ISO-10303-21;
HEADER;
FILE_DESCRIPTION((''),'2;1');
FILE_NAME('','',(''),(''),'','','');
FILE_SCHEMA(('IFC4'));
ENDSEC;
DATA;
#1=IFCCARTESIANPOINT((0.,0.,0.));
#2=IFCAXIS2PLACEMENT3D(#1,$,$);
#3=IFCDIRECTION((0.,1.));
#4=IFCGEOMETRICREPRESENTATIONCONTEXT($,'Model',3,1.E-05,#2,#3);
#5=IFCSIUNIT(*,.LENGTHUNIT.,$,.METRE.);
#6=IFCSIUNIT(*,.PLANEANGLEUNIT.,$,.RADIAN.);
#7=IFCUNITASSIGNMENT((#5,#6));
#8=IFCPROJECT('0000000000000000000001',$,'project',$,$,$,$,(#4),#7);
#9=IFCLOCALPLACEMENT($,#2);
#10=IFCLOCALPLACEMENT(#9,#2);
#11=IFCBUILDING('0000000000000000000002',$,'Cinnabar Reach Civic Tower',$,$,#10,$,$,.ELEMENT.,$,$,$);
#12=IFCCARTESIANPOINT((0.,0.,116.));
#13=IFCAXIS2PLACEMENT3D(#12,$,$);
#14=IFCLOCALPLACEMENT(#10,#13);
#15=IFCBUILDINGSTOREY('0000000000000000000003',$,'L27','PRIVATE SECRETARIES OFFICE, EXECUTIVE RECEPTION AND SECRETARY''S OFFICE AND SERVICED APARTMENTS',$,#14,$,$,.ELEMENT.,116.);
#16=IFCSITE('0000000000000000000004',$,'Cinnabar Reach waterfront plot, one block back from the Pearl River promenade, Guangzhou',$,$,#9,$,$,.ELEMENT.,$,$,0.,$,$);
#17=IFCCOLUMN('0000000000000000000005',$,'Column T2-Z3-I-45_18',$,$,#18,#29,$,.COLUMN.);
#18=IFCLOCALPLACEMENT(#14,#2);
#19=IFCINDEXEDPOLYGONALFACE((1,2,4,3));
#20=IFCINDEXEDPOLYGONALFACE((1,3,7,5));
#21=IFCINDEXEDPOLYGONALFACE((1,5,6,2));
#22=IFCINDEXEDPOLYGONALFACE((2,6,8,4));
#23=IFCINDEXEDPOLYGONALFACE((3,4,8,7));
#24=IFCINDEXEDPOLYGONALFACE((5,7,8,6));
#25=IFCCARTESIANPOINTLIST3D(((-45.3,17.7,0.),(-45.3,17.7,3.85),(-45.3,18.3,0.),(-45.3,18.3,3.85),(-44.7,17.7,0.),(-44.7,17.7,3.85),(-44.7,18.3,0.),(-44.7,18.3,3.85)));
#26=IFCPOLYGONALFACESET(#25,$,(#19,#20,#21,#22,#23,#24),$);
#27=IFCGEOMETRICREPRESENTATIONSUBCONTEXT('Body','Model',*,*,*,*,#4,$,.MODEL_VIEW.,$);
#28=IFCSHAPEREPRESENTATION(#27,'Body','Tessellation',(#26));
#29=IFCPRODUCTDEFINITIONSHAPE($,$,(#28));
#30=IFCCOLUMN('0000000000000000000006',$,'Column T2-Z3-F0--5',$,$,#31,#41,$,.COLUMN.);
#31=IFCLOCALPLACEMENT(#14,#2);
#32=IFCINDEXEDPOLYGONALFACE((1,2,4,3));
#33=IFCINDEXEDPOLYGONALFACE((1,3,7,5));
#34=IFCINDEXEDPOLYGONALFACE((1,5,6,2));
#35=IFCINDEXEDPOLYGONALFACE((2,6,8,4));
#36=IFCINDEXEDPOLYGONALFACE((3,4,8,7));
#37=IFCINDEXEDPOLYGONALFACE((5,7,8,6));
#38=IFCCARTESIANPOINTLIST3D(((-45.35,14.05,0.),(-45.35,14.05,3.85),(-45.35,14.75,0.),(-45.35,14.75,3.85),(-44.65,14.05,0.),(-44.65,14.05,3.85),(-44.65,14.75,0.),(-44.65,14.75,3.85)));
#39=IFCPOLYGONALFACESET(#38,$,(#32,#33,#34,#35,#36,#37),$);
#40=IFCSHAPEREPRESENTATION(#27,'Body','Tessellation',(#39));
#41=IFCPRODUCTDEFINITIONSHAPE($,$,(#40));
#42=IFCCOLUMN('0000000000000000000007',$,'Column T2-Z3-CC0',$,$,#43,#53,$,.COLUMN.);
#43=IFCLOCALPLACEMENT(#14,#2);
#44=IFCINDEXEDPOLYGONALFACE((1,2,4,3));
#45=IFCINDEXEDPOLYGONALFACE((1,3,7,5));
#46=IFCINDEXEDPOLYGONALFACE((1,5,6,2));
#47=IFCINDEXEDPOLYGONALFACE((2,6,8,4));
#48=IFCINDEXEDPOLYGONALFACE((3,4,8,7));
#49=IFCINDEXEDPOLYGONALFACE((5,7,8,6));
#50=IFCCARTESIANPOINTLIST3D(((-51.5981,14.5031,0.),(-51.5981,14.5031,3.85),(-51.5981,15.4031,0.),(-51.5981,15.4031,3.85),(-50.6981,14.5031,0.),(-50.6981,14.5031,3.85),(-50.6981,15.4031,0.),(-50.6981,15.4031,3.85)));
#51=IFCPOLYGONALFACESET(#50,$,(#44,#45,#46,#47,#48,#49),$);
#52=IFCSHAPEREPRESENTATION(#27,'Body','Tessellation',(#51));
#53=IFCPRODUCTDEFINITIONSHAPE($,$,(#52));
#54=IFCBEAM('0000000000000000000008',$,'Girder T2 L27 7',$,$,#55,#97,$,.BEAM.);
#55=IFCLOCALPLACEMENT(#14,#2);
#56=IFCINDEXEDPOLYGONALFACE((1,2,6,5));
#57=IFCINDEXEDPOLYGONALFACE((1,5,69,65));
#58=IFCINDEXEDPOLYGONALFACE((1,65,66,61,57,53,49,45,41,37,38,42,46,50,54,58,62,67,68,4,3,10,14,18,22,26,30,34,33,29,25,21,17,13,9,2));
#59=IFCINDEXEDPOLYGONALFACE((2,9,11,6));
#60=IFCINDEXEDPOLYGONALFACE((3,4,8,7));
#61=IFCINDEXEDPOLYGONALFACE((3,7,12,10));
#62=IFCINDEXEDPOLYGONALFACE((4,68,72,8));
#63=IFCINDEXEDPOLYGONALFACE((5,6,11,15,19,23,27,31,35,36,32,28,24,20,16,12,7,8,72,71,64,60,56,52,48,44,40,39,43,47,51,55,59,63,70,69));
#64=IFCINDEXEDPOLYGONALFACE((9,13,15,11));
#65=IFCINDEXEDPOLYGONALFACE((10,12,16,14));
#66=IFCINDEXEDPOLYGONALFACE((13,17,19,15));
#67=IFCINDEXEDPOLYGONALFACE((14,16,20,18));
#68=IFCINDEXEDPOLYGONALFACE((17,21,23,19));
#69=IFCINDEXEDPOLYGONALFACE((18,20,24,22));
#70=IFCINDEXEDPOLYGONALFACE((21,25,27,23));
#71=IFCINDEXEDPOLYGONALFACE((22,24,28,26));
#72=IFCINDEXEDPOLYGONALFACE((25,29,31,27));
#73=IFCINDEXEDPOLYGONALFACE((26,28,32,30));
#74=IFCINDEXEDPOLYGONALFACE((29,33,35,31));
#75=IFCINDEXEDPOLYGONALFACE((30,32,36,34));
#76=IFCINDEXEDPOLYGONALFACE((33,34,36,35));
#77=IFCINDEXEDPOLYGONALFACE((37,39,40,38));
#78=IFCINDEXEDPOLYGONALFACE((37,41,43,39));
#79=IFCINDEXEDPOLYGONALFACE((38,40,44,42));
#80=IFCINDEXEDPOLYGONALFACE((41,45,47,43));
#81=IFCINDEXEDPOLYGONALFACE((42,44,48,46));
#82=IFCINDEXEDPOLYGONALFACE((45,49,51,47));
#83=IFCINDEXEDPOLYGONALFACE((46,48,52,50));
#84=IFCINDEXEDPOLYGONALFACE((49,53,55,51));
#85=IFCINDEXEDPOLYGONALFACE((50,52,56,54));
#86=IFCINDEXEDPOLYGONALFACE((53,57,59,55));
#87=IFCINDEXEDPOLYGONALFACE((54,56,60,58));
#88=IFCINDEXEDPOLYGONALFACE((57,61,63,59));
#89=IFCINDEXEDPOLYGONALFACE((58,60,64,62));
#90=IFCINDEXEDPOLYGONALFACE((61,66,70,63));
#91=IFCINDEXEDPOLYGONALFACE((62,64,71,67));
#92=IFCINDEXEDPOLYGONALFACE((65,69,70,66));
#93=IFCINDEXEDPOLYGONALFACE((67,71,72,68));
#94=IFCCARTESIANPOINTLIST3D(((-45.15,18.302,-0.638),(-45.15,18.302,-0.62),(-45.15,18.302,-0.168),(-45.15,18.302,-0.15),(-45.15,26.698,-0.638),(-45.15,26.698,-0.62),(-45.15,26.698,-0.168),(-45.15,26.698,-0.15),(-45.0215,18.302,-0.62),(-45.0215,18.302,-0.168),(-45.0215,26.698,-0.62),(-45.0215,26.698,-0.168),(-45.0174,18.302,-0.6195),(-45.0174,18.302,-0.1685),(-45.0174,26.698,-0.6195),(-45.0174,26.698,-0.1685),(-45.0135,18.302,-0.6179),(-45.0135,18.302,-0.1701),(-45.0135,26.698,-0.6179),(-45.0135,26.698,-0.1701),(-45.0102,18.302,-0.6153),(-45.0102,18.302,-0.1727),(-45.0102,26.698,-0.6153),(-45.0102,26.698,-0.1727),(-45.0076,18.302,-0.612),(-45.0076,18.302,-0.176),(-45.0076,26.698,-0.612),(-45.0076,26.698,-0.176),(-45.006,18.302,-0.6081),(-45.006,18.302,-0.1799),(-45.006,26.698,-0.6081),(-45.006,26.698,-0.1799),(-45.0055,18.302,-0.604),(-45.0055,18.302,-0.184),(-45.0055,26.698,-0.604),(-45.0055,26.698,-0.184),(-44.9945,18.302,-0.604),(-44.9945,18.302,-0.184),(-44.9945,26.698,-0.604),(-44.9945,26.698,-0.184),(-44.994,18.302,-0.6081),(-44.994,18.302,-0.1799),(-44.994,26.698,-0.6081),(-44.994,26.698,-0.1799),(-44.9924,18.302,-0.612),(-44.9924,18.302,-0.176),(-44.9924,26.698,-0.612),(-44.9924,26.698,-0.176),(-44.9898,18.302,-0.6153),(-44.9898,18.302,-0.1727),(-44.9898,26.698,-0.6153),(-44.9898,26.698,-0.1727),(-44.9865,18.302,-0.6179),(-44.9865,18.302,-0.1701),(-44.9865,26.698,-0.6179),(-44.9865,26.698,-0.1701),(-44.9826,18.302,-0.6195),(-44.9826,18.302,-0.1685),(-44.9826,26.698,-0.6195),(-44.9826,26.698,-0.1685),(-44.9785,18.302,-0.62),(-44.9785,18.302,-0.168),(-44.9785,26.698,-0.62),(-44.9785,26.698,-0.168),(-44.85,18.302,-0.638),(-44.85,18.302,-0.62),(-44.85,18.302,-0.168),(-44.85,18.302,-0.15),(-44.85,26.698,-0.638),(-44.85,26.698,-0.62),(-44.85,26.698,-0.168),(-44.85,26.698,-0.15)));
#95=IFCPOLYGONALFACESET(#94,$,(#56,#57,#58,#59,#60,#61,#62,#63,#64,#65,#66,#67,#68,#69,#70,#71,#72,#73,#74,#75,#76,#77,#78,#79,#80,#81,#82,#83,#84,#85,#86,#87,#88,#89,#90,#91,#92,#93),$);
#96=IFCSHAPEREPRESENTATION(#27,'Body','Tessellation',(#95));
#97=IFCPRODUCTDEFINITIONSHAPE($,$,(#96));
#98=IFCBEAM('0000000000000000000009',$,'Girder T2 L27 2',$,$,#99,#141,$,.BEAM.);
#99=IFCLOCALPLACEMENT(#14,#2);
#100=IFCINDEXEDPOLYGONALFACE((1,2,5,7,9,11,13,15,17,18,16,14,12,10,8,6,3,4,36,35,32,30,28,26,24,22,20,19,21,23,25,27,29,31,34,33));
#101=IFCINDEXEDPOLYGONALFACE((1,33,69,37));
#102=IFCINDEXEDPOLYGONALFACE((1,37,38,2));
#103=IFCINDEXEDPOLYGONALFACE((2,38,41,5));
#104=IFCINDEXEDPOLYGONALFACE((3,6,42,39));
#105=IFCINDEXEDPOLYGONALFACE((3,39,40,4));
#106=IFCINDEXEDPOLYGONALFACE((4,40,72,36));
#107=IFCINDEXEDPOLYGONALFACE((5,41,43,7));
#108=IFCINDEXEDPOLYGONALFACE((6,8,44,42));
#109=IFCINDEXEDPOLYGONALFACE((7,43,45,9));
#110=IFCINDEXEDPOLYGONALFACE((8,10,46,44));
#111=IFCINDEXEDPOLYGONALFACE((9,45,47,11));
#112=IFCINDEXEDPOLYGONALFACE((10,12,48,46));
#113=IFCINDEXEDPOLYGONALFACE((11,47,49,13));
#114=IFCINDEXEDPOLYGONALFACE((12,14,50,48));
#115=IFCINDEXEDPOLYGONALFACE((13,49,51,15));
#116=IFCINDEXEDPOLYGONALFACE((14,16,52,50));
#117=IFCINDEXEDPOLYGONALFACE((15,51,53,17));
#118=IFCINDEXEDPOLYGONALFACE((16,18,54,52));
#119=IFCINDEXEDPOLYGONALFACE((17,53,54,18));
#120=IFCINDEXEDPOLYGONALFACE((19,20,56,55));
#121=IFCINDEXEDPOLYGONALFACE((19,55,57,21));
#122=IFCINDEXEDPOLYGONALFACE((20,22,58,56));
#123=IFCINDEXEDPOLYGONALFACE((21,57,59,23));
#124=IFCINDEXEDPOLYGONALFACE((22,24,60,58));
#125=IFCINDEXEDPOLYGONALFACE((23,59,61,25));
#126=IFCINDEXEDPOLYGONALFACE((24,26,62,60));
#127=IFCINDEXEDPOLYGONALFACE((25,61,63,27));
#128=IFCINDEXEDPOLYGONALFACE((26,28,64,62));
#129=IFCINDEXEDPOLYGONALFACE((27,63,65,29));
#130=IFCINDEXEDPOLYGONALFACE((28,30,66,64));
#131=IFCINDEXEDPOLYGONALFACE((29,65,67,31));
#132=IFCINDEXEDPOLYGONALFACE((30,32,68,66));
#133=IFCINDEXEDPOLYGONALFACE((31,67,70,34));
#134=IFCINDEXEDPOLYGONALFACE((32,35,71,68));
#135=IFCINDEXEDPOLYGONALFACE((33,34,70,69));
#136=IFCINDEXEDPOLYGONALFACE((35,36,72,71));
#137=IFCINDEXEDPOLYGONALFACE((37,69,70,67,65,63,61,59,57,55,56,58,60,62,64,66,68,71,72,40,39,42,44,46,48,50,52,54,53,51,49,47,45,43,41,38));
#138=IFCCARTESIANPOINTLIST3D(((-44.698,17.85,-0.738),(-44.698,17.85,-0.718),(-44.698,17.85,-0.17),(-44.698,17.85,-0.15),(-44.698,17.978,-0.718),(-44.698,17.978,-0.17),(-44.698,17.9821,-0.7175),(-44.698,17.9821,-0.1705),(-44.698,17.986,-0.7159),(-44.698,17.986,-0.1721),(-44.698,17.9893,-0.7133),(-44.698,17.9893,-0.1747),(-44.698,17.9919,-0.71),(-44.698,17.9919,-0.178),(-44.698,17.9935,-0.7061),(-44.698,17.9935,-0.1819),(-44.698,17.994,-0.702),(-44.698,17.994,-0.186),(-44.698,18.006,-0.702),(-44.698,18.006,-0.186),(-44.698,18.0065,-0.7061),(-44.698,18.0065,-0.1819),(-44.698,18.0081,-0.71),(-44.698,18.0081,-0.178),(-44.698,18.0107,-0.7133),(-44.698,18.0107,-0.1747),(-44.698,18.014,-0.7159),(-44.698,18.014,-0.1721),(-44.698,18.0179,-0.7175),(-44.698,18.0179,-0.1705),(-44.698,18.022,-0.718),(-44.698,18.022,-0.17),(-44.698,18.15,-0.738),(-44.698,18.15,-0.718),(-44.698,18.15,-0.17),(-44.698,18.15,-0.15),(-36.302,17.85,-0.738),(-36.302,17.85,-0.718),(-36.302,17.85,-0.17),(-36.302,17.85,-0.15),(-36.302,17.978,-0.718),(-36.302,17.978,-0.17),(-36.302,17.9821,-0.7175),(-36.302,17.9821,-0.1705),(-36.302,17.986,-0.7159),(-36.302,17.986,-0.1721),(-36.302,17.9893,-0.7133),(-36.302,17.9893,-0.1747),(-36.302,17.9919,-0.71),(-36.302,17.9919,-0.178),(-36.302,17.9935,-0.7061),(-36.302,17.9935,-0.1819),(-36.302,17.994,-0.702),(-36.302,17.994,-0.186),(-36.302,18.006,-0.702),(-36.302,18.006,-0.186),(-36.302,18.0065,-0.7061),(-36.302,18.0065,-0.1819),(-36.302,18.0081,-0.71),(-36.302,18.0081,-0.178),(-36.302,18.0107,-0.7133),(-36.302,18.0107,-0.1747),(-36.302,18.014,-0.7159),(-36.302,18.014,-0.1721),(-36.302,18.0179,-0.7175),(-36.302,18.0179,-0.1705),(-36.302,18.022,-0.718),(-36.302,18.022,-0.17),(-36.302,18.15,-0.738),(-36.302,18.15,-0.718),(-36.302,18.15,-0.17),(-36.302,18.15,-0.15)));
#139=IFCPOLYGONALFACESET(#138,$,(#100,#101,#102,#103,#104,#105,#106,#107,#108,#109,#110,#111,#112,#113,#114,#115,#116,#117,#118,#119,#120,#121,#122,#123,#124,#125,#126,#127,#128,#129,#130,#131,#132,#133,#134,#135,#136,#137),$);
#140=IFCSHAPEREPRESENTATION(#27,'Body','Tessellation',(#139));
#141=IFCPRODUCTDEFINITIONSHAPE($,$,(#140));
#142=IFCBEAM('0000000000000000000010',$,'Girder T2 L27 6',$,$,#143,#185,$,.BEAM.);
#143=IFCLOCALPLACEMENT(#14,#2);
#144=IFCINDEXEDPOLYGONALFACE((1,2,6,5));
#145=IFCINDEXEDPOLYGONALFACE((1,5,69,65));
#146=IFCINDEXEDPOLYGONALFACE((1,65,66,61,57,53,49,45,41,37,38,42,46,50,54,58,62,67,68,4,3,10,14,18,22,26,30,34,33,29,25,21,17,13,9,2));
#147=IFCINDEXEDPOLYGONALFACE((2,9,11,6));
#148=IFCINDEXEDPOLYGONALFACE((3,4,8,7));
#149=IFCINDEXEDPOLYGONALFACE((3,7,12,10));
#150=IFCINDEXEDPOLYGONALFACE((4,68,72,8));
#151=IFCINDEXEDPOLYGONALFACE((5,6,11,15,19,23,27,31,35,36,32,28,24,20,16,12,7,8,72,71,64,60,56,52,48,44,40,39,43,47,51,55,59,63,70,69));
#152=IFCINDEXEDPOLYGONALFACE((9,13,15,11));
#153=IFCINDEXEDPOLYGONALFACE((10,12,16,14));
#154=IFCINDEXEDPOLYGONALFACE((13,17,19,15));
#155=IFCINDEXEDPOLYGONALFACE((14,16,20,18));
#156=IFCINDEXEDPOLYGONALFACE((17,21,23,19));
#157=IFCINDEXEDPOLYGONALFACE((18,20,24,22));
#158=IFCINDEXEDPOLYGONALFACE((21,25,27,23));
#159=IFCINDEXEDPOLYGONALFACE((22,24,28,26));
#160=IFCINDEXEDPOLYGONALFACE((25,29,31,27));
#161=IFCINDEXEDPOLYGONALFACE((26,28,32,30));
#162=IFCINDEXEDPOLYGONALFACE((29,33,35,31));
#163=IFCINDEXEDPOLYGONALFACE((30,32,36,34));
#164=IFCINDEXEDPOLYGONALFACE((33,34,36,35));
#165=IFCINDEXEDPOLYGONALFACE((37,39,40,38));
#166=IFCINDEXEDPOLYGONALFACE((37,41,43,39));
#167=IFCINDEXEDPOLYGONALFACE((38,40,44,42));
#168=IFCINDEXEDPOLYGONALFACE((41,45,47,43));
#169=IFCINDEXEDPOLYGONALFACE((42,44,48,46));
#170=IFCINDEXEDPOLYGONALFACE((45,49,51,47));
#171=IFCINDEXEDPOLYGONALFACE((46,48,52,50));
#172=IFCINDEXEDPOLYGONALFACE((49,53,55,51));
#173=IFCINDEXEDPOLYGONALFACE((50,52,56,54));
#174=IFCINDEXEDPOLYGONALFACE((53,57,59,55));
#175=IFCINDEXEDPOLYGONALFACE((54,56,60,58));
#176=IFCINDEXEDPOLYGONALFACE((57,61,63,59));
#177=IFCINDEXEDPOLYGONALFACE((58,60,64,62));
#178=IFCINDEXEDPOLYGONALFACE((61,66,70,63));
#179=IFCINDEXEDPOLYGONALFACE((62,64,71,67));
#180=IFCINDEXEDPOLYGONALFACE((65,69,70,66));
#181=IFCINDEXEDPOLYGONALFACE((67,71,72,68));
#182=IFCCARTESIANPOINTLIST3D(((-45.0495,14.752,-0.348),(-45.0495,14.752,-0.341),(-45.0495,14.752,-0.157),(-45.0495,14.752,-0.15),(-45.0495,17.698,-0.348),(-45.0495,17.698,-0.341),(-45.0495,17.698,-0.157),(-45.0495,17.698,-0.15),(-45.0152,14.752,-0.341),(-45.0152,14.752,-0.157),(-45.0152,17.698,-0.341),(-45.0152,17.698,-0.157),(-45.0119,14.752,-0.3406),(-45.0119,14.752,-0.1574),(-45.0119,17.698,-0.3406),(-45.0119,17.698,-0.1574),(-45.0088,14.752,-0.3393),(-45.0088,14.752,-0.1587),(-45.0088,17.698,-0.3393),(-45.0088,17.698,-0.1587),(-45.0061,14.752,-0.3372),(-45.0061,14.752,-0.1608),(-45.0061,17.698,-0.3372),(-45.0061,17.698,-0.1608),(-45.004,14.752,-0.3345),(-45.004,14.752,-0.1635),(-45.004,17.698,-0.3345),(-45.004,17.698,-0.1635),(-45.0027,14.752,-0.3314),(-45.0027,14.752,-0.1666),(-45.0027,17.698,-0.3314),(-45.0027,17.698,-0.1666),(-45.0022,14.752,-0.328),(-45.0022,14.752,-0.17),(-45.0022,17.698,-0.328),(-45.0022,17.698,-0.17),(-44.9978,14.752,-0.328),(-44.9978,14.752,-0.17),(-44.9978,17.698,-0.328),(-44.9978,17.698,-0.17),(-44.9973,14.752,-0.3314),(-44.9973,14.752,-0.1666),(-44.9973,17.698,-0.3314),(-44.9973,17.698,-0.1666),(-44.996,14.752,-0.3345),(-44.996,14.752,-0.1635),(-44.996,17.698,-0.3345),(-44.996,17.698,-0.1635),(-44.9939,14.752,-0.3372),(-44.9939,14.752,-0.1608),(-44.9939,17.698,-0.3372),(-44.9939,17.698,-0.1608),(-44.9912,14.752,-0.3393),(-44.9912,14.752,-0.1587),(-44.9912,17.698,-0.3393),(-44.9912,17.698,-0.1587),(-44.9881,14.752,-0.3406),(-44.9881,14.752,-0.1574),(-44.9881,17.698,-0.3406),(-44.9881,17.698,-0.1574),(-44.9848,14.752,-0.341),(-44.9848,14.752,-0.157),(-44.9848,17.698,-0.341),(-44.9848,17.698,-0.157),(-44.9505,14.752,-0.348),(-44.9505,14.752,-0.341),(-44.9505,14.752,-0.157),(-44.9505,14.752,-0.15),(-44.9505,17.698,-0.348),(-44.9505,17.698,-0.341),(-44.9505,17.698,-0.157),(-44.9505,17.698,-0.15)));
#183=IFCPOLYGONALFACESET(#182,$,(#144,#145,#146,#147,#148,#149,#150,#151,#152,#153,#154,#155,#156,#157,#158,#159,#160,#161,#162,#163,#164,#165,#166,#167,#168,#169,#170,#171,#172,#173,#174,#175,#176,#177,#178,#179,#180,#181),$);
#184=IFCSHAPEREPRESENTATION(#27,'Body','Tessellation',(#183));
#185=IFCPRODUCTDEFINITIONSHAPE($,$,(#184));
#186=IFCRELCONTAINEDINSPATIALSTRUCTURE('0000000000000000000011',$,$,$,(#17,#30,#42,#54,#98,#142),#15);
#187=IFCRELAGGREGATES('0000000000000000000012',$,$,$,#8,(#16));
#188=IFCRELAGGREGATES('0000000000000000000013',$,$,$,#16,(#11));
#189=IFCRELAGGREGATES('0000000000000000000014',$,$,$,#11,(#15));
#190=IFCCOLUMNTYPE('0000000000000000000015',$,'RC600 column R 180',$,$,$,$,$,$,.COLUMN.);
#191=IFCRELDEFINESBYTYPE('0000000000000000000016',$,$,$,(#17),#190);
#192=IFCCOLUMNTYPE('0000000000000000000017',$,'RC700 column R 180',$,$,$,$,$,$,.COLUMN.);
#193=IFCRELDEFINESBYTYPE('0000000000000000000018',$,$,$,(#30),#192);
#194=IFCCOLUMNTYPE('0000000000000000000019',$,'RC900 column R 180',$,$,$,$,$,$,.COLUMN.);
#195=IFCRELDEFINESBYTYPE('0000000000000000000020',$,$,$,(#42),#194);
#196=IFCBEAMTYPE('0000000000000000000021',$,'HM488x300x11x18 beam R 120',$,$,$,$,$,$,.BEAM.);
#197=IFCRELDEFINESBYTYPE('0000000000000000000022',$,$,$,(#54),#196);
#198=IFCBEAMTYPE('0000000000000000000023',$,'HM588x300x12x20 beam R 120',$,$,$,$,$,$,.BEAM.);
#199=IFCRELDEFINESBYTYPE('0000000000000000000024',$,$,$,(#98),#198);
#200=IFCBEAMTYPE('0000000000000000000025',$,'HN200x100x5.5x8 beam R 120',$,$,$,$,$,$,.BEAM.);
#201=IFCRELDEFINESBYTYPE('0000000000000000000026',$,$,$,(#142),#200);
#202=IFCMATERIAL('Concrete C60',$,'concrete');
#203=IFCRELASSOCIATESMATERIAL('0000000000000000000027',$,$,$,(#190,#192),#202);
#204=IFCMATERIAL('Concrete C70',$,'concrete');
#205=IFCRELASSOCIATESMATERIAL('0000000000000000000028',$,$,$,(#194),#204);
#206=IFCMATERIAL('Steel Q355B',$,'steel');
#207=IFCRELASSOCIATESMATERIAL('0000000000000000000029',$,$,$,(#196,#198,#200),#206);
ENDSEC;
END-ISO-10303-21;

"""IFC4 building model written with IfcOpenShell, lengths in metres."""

from ifc_helpers import new_model, si_unit, direction, frame, origin, origin_2d, place, context, subcontext, project, spatial, rectangle, i_section, extrude, material, material_profile, profile_set, type_object, element, save


model = new_model("IFC4")

# Units and contexts
model_context = context("Model", 3, precision=1e-05, world=origin(), true_north=direction((0.0, 1.0)))
body_context = subcontext(model_context, "Body", "Model", "MODEL_VIEW")
ifc_project = project(units=[si_unit("LENGTHUNIT", "METRE"), si_unit("PLANEANGLEUNIT", "RADIAN")], contexts=[model_context])

# Site, building, storey
site_placement = place(None, origin())
site = spatial("IfcSite", under=ifc_project, at=site_placement, Name="Cinnabar Reach waterfront plot, one block back from the Pearl River promenade, Guangzhou", CompositionType="ELEMENT", RefElevation=0.0)
building_placement = place(site_placement, origin())
building = spatial("IfcBuilding", under=site, at=building_placement, Name="Cinnabar Reach Civic Tower", CompositionType="ELEMENT")
storey_placement = place(building_placement, frame((0.0, 0.0, 116.0)))
storey = spatial("IfcBuildingStorey", under=building, at=storey_placement, Name="L27", Description="PRIVATE SECRETARIES OFFICE, EXECUTIVE RECEPTION AND SECRETARY'S OFFICE AND SERVICED APARTMENTS", CompositionType="ELEMENT", Elevation=116.0)

# Columns
ifc_material_1 = material(Name="Concrete C60", Category="concrete")
ifc_material_profile_1 = material_profile(ifc_material_1, rectangle(XDim=0.6, YDim=0.6, at=origin_2d()), Name="RC600")
ifc_profile_set_1 = profile_set([ifc_material_profile_1], Name="Concrete C60")
column_type_1 = type_object("IfcColumnType", Name="RC600 column R 180", PredefinedType="COLUMN", material=ifc_profile_set_1)
column_1_placement = place(storey_placement, frame((-45.0, 18.0, 0.0), z_axis=(0.0, 0.0, 1.0), x_axis=(1.0, 0.0, 0.0)))
element("IfcColumn", 1, at=column_1_placement, inside=storey, type_object=column_type_1, Name="Column T2-Z3-I-45_18", PredefinedType="COLUMN", context=body_context, shape_type="SweptSolid", body=[
    extrude(rectangle(XDim=0.6, YDim=0.6, at=origin_2d()), origin(), (0.0, 0.0, 1.0), 3.85),
])
ifc_material_profile_2 = material_profile(ifc_material_1, rectangle(XDim=0.7, YDim=0.7, at=origin_2d()), Name="RC700")
ifc_profile_set_2 = profile_set([ifc_material_profile_2], Name="Concrete C60")
column_type_2 = type_object("IfcColumnType", Name="RC700 column R 180", PredefinedType="COLUMN", material=ifc_profile_set_2)
column_2_placement = place(storey_placement, frame((-45.0, 14.4, 0.0), z_axis=(0.0, 0.0, 1.0), x_axis=(1.0, 0.0, 0.0)))
element("IfcColumn", 2, at=column_2_placement, inside=storey, type_object=column_type_2, Name="Column T2-Z3-F0--5", PredefinedType="COLUMN", context=body_context, shape_type="SweptSolid", body=[
    extrude(rectangle(XDim=0.7, YDim=0.7, at=origin_2d()), origin(), (0.0, 0.0, 1.0), 3.85),
])
ifc_material_2 = material(Name="Concrete C70", Category="concrete")
ifc_material_profile_3 = material_profile(ifc_material_2, rectangle(XDim=0.9, YDim=0.9, at=origin_2d()), Name="RC900")
ifc_profile_set_3 = profile_set([ifc_material_profile_3], Name="Concrete C70")
column_type_3 = type_object("IfcColumnType", Name="RC900 column R 180", PredefinedType="COLUMN", material=ifc_profile_set_3)
column_3_placement = place(storey_placement, frame((-51.1481, 14.9531, 0.0), z_axis=(0.0, 0.0, 1.0), x_axis=(1.0, 0.0, 0.0)))
element("IfcColumn", 3, at=column_3_placement, inside=storey, type_object=column_type_3, Name="Column T2-Z3-CC0", PredefinedType="COLUMN", context=body_context, shape_type="SweptSolid", body=[
    extrude(rectangle(XDim=0.9, YDim=0.9, at=origin_2d()), origin(), (0.0, 0.0, 1.0), 3.85),
])

# Beams
ifc_material_3 = material(Name="Steel Q355B", Category="steel")
ifc_material_profile_4 = material_profile(ifc_material_3, i_section(OverallWidth=0.3, OverallDepth=0.488, WebThickness=0.011, FlangeThickness=0.018, FilletRadius=0.016, at=origin_2d()), Name="HM488x300x11x18")
ifc_profile_set_4 = profile_set([ifc_material_profile_4], Name="Steel Q355B")
beam_type_1 = type_object("IfcBeamType", Name="HM488x300x11x18 beam R 120", PredefinedType="BEAM", material=ifc_profile_set_4)
beam_1_placement = place(storey_placement, frame((-45.0, 18.302, -0.394), z_axis=(0.0, 1.0, 0.0), x_axis=(-1.0, 0.0, 0.0)))
element("IfcBeam", 4, at=beam_1_placement, inside=storey, type_object=beam_type_1, Name="Girder T2 L27 7", PredefinedType="BEAM", context=body_context, shape_type="SweptSolid", body=[
    extrude(i_section(OverallWidth=0.3, OverallDepth=0.488, WebThickness=0.011, FlangeThickness=0.018, FilletRadius=0.016, at=origin_2d()), origin(), (0.0, 0.0, 1.0), 8.396),
])
ifc_material_profile_5 = material_profile(ifc_material_3, i_section(OverallWidth=0.3, OverallDepth=0.588, WebThickness=0.012, FlangeThickness=0.02, FilletRadius=0.016, at=origin_2d()), Name="HM588x300x12x20")
ifc_profile_set_5 = profile_set([ifc_material_profile_5], Name="Steel Q355B")
beam_type_2 = type_object("IfcBeamType", Name="HM588x300x12x20 beam R 120", PredefinedType="BEAM", material=ifc_profile_set_5)
beam_2_placement = place(storey_placement, frame((-44.698, 18.0, -0.444), z_axis=(1.0, 0.0, 0.0), x_axis=(0.0, 1.0, 0.0)))
element("IfcBeam", 5, at=beam_2_placement, inside=storey, type_object=beam_type_2, Name="Girder T2 L27 2", PredefinedType="BEAM", context=body_context, shape_type="SweptSolid", body=[
    extrude(i_section(OverallWidth=0.3, OverallDepth=0.588, WebThickness=0.012, FlangeThickness=0.02, FilletRadius=0.016, at=origin_2d()), origin(), (0.0, 0.0, 1.0), 8.396),
])
ifc_material_profile_6 = material_profile(ifc_material_3, i_section(OverallWidth=0.099, OverallDepth=0.198, WebThickness=0.0045, FlangeThickness=0.007, FilletRadius=0.013, at=origin_2d()), Name="HN200x100x5.5x8")
ifc_profile_set_6 = profile_set([ifc_material_profile_6], Name="Steel Q355B")
beam_type_3 = type_object("IfcBeamType", Name="HN200x100x5.5x8 beam R 120", PredefinedType="BEAM", material=ifc_profile_set_6)
beam_3_placement = place(storey_placement, frame((-45.0, 14.752, -0.249), z_axis=(0.0, 1.0, 0.0), x_axis=(-1.0, 0.0, 0.0)))
element("IfcBeam", 6, at=beam_3_placement, inside=storey, type_object=beam_type_3, Name="Girder T2 L27 6", PredefinedType="BEAM", context=body_context, shape_type="SweptSolid", body=[
    extrude(i_section(OverallWidth=0.099, OverallDepth=0.198, WebThickness=0.0045, FlangeThickness=0.007, FilletRadius=0.013, at=origin_2d()), origin(), (0.0, 0.0, 1.0), 2.946),
])

save(model, "model.ifc")
